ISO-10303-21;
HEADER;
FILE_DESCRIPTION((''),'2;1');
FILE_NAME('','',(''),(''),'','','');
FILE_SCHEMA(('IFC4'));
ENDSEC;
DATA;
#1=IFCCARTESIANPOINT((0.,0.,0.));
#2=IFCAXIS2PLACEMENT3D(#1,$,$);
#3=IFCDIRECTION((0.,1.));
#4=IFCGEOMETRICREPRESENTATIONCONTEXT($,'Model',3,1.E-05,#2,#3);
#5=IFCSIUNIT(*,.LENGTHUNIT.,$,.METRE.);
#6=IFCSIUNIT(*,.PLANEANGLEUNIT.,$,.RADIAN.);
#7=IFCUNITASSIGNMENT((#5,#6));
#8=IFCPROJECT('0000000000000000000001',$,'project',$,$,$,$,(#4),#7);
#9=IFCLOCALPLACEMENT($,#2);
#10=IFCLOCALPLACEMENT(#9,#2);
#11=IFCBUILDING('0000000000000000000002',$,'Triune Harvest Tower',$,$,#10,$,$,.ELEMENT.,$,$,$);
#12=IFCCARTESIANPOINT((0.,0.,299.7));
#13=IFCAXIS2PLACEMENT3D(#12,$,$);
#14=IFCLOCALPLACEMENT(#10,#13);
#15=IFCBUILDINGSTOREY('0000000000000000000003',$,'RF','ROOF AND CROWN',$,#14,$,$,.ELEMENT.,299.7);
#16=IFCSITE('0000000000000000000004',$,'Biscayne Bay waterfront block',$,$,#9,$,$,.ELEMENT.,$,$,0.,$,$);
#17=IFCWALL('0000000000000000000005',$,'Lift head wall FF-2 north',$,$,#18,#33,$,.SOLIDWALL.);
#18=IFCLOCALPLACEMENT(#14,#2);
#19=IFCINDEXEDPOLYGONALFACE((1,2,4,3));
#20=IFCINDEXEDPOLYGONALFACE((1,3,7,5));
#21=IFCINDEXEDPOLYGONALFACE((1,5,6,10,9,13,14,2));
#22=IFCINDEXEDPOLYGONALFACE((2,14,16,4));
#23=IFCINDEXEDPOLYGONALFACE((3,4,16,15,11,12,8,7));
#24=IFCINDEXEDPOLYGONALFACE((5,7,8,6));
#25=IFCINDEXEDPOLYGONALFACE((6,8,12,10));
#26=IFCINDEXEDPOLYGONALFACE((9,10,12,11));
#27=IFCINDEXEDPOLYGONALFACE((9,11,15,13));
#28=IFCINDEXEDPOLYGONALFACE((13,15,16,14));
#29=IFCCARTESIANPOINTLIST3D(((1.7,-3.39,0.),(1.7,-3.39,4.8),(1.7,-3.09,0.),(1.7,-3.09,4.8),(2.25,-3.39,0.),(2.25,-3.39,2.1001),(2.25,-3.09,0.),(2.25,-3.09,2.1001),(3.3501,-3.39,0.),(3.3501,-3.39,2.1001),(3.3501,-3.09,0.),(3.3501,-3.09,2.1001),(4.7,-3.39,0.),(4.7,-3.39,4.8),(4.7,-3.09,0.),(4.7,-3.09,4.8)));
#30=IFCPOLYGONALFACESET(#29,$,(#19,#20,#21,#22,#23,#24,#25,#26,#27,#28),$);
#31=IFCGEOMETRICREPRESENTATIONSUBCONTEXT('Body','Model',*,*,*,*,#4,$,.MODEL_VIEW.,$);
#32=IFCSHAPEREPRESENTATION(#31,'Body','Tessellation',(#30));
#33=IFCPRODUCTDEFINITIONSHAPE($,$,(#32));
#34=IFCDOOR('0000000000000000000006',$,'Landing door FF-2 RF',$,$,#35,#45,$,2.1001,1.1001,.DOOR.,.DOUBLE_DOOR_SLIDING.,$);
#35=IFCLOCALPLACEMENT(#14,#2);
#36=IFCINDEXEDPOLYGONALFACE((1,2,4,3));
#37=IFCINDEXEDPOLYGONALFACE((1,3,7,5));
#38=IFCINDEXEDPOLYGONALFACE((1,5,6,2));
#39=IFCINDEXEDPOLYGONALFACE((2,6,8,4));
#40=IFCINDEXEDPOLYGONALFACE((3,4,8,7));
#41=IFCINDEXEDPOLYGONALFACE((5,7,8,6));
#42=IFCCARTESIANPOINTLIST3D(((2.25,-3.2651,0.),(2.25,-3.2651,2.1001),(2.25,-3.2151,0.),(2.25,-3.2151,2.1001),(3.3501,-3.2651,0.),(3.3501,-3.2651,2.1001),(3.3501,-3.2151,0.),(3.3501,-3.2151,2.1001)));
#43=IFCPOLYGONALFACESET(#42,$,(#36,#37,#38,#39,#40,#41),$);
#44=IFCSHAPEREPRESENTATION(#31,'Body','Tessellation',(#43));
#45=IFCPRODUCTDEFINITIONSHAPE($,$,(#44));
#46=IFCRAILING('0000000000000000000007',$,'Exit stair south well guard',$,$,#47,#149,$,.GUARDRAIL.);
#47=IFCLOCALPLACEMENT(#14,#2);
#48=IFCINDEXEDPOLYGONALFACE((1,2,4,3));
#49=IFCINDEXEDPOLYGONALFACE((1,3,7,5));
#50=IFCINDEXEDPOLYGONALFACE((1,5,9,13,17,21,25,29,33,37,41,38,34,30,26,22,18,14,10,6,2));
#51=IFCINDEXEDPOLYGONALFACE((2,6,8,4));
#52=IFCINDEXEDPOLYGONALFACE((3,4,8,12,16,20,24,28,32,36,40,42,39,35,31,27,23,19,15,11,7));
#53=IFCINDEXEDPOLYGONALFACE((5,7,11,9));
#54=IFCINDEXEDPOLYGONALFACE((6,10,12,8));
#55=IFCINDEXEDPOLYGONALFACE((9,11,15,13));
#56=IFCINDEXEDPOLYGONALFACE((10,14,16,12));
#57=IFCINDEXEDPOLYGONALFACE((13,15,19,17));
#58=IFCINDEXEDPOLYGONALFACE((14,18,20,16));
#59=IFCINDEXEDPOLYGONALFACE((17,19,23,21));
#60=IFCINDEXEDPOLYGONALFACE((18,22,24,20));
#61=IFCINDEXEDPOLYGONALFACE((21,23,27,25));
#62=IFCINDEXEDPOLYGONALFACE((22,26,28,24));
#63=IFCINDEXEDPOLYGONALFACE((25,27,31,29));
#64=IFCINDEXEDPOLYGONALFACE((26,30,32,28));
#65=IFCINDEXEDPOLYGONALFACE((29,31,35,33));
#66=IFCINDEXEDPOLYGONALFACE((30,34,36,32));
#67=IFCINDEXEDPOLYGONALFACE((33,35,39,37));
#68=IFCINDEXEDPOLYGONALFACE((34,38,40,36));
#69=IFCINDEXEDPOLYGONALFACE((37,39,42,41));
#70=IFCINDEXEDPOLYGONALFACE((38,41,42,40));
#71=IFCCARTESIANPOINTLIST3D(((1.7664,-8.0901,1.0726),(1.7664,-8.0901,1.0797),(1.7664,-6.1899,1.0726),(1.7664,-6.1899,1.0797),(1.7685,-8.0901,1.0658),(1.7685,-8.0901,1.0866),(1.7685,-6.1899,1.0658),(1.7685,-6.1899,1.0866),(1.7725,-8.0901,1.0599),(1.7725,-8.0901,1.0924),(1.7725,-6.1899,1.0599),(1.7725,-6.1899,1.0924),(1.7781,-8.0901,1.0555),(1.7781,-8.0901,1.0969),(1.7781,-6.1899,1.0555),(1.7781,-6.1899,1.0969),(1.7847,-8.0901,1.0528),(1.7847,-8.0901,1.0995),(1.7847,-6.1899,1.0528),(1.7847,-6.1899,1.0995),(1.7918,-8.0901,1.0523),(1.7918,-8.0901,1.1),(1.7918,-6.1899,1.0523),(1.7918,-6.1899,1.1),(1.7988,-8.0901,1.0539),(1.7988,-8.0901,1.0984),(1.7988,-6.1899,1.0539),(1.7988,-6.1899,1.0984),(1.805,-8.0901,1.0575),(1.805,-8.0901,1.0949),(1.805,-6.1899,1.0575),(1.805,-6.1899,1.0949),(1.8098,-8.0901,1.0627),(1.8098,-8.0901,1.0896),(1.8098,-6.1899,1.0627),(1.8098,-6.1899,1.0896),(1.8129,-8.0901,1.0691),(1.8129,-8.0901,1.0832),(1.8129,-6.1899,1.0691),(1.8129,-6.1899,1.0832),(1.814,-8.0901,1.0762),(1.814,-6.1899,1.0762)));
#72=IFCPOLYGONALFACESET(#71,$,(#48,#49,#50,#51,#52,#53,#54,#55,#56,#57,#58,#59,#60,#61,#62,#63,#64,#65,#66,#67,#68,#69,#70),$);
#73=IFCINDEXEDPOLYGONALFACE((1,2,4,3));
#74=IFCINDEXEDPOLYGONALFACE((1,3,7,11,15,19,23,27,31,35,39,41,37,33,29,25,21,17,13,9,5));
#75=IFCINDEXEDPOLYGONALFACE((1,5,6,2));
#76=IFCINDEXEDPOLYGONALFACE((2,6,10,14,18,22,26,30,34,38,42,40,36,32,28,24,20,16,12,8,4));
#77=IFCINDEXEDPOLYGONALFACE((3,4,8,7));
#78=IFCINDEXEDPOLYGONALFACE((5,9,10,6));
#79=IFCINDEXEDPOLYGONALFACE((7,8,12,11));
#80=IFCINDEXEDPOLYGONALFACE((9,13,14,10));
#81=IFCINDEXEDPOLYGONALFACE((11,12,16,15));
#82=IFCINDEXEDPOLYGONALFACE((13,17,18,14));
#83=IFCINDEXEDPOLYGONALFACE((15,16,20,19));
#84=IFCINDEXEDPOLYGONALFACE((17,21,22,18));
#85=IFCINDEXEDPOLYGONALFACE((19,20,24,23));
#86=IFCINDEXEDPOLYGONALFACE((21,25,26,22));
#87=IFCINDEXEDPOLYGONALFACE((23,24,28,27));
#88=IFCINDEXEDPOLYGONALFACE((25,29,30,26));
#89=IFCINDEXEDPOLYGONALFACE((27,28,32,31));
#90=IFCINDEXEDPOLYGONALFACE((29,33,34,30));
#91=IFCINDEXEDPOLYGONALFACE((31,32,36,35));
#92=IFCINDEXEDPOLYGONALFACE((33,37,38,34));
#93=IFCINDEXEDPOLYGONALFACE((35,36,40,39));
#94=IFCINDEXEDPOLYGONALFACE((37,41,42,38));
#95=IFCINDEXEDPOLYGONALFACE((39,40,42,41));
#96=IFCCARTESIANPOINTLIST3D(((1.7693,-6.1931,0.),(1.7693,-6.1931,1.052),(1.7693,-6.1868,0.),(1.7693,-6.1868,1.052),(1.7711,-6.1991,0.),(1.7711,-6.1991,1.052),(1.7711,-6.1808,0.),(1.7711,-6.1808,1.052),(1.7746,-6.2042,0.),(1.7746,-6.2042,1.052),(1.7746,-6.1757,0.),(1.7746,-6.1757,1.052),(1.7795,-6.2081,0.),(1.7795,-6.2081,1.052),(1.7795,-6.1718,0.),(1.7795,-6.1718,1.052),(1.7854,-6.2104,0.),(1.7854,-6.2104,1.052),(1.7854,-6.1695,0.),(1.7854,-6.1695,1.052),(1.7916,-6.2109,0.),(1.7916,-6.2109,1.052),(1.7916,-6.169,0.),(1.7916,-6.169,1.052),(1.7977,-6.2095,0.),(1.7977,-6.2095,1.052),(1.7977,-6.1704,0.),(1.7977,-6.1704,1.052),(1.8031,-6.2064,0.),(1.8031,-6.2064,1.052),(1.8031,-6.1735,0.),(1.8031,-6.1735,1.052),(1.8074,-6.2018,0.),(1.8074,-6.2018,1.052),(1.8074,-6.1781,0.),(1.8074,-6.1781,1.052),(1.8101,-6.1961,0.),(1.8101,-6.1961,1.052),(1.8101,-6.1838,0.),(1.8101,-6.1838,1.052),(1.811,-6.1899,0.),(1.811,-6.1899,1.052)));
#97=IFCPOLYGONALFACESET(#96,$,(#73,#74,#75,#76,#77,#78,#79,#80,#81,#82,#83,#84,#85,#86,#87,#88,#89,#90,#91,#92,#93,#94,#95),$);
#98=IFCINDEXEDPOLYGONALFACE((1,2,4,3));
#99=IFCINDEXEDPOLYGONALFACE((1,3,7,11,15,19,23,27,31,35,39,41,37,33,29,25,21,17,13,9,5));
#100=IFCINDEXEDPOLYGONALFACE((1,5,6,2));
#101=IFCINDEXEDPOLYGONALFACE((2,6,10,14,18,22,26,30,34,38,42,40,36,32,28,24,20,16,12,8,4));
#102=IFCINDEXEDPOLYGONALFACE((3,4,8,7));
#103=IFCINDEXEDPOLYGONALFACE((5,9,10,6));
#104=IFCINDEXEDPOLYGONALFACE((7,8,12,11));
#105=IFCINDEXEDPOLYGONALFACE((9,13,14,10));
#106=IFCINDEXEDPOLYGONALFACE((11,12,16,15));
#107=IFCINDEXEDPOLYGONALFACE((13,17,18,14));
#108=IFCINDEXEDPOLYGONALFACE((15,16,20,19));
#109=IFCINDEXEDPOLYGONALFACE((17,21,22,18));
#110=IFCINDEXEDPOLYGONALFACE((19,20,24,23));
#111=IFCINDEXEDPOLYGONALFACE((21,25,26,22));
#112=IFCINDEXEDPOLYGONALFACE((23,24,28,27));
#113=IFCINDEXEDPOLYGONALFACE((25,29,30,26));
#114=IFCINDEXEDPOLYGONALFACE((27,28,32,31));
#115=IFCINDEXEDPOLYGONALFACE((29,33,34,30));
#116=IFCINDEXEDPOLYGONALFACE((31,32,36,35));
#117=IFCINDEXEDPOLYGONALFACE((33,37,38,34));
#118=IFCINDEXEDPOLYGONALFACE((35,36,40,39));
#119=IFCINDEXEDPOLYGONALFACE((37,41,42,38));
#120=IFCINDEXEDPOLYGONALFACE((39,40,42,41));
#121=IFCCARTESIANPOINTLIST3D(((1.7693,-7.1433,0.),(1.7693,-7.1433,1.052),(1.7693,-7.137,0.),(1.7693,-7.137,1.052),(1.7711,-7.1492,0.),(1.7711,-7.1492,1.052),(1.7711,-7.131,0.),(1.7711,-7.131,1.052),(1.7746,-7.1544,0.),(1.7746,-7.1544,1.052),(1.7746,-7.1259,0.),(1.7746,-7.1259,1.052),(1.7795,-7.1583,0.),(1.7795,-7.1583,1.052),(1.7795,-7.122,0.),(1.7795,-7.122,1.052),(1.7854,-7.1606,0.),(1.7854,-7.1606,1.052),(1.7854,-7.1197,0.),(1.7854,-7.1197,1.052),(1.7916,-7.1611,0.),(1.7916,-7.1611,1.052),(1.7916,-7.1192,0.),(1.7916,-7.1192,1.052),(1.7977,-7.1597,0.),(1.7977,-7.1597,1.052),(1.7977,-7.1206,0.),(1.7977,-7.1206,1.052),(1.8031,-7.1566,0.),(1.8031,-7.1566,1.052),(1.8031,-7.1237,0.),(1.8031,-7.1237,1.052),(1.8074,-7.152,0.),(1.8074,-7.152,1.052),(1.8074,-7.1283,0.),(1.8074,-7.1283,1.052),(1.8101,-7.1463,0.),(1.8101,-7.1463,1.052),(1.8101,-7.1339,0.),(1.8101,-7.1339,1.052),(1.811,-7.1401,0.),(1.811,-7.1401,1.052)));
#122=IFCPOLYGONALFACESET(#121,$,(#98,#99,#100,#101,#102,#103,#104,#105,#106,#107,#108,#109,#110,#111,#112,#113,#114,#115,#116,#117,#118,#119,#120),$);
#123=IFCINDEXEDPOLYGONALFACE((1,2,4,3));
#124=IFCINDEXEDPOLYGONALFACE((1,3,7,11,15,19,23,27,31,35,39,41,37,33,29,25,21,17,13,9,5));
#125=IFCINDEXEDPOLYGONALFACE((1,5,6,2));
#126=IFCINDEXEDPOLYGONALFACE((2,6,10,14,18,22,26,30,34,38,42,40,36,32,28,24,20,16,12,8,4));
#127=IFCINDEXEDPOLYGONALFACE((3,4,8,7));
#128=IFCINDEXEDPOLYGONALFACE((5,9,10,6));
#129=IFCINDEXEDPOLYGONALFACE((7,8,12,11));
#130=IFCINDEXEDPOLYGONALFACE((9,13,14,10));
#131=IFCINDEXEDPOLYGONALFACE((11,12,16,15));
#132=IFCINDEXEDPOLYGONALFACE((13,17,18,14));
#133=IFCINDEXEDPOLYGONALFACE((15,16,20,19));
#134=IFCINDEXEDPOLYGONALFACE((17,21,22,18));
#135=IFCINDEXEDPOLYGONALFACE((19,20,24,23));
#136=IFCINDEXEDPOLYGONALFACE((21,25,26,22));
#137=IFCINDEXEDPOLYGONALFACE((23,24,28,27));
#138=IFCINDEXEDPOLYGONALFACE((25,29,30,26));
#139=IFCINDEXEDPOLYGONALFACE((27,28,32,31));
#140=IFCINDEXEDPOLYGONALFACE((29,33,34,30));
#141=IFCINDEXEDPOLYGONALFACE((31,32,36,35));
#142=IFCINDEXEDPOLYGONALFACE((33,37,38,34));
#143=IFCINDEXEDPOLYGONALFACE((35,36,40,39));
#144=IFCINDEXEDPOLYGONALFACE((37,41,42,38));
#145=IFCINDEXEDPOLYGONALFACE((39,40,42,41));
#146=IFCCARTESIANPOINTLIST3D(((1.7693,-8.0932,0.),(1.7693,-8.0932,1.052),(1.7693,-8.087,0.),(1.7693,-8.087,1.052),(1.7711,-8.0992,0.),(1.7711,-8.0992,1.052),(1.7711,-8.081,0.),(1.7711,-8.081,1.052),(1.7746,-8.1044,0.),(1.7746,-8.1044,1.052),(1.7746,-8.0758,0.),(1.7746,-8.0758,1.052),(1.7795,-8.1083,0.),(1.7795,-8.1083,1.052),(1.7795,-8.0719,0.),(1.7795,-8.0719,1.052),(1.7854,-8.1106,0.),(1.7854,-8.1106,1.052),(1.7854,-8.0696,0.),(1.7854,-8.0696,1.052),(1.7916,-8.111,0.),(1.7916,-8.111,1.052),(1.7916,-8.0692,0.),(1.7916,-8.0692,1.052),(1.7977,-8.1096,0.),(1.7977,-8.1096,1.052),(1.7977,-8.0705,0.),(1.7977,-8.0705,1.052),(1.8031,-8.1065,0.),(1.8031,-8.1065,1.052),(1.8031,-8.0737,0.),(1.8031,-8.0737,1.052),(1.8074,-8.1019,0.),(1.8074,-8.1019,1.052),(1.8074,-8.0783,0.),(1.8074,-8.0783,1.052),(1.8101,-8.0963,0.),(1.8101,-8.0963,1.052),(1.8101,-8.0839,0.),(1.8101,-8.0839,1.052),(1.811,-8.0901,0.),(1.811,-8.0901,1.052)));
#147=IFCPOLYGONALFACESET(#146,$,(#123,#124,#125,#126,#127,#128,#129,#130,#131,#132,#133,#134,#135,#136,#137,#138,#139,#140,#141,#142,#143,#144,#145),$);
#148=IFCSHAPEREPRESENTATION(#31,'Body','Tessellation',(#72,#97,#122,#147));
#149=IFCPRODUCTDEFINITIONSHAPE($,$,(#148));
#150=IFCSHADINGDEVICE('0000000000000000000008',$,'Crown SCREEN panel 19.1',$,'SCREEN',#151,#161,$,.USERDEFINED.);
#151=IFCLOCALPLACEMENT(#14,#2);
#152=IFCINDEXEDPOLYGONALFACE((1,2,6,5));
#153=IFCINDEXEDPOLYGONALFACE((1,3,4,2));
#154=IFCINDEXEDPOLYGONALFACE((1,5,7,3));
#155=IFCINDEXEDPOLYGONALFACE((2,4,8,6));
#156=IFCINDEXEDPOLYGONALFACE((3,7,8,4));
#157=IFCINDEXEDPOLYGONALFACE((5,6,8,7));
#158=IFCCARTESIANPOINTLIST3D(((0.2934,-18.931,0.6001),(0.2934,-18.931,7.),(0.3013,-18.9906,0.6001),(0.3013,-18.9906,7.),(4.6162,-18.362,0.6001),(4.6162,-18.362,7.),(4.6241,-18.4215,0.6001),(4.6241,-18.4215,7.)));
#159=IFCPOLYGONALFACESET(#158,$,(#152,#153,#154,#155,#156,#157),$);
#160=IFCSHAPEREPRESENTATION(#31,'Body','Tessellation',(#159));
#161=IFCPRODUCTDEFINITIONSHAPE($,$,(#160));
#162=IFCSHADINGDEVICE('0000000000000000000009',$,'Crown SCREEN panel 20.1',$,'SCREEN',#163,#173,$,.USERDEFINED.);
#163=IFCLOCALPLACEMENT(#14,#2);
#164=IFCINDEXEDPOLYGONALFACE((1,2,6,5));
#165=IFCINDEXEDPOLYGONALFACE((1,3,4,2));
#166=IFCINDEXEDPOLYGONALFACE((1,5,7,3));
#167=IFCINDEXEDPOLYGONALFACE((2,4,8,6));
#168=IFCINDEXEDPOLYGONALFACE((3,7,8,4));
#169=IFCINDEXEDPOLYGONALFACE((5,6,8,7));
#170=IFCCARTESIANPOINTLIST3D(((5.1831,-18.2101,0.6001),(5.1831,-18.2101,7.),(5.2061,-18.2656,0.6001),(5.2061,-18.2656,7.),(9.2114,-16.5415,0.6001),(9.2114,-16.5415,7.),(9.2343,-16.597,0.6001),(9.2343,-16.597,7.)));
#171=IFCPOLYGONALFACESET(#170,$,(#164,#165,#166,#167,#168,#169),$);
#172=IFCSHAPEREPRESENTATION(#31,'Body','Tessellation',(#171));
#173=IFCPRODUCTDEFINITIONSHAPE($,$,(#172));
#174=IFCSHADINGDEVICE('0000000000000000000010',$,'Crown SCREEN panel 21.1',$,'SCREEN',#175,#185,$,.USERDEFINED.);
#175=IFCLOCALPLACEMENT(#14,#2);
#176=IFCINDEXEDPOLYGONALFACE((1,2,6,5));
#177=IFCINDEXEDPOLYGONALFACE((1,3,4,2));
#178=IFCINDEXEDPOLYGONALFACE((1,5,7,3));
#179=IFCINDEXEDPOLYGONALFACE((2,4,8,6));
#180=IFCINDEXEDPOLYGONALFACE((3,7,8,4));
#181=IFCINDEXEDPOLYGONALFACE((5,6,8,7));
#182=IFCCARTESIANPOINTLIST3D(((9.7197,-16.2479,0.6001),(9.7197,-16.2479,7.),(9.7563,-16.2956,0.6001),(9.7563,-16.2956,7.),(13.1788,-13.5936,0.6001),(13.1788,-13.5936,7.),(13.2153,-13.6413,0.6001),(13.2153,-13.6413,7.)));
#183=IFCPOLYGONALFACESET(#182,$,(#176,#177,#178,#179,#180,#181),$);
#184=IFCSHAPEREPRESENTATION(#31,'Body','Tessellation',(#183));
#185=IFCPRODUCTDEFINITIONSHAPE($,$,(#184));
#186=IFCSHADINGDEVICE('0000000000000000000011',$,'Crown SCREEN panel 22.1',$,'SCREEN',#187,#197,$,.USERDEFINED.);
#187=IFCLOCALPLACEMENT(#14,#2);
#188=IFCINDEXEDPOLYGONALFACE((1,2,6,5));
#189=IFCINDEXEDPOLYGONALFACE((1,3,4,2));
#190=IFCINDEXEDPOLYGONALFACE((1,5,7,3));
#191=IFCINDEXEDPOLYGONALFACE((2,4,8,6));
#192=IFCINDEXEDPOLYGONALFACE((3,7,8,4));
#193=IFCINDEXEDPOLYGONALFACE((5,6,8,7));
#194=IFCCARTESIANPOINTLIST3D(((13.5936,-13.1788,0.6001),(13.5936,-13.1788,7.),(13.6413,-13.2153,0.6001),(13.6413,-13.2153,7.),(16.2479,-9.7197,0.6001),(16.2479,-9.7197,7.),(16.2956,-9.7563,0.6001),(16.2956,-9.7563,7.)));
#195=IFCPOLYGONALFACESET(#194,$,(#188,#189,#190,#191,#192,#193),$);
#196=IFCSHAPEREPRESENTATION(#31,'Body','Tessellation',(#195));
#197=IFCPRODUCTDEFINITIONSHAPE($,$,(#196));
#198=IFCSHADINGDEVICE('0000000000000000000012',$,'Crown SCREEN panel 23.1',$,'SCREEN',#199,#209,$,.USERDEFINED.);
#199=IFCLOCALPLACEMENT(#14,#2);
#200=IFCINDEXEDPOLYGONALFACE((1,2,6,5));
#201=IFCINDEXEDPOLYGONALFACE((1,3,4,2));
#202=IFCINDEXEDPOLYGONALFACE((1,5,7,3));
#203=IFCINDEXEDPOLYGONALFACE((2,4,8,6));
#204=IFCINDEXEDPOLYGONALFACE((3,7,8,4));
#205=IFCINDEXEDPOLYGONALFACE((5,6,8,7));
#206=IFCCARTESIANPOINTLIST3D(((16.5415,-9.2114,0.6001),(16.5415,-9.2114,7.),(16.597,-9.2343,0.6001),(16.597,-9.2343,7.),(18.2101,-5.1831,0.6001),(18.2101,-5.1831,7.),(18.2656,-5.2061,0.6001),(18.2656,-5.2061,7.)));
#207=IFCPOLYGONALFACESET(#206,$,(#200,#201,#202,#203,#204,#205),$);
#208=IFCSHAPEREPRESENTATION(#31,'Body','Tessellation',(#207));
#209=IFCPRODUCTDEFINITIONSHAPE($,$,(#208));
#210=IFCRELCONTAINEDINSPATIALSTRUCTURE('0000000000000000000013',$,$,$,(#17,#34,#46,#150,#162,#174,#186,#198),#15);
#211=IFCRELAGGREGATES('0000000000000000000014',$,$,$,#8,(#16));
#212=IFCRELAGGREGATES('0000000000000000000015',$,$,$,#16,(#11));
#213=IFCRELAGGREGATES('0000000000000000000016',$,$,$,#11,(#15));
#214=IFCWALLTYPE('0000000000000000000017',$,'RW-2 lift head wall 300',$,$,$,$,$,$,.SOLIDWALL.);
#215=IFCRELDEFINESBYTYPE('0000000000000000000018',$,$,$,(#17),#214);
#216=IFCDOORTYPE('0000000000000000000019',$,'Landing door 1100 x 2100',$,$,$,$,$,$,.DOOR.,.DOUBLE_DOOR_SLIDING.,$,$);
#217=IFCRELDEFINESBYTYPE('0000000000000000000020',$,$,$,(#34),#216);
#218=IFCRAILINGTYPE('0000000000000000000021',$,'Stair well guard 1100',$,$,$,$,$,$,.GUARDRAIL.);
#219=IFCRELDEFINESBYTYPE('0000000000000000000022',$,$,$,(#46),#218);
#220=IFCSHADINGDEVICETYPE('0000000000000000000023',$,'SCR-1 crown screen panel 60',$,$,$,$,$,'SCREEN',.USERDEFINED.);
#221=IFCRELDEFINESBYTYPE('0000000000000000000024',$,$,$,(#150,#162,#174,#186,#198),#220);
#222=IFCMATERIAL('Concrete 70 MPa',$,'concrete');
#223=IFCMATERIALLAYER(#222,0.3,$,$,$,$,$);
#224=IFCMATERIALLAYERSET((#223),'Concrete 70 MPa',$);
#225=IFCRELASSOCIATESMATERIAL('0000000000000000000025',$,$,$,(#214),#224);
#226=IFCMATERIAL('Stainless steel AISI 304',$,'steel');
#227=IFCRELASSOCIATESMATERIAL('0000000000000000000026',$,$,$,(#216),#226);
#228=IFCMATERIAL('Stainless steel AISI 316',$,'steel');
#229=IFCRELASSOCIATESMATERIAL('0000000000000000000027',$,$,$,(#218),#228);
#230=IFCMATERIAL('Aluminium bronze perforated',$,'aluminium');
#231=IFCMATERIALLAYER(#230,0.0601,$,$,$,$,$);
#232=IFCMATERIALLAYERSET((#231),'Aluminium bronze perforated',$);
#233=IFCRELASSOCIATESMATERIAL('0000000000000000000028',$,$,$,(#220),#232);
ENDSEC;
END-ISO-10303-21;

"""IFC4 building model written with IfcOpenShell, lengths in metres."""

from ifc_helpers import new_model, si_unit, direction, frame, frame_2d, origin, origin_2d, place, context, subcontext, project, spatial, rectangle, circle, extrude, source, transform, mapped, material, layer, layer_set, type_object, element, fill, save


model = new_model("IFC4")

# Units and contexts
model_context = context("Model", 3, precision=1e-05, world=origin(), true_north=direction((0.0, 1.0)))
body_context = subcontext(model_context, "Body", "Model", "MODEL_VIEW")
ifc_project = project(units=[si_unit("LENGTHUNIT", "METRE"), si_unit("PLANEANGLEUNIT", "RADIAN")], contexts=[model_context])

# Site, building, storey
site_placement = place(None, origin())
site = spatial("IfcSite", under=ifc_project, at=site_placement, Name="Biscayne Bay waterfront block", CompositionType="ELEMENT", RefElevation=0.0)
building_placement = place(site_placement, origin())
building = spatial("IfcBuilding", under=site, at=building_placement, Name="Triune Harvest Tower", CompositionType="ELEMENT")
storey_placement = place(building_placement, frame((0.0, 0.0, 299.7)))
storey = spatial("IfcBuildingStorey", under=building, at=storey_placement, Name="RF", Description="ROOF AND CROWN", CompositionType="ELEMENT", Elevation=299.7)

# Shared definitions
ifc_material_1 = material(Name="Concrete 70 MPa", Category="concrete")
ifc_layer_1 = layer(ifc_material_1, 0.3)
ifc_layer_set_1 = layer_set([ifc_layer_1], Name="Concrete 70 MPa")
wall_type_1 = type_object("IfcWallType", Name="RW-2 lift head wall 300", PredefinedType="SOLIDWALL", material=ifc_layer_set_1)

# Wall, opening, door
shared_shape_1 = source(origin(), body_context, "Body", "SweptSolid", [
    extrude(rectangle(XDim=3.0, YDim=0.3, at=frame_2d((1.5, 0.0))), origin(), (0.0, 0.0, 1.0), 4.8),
])
wall_1_placement = place(storey_placement, frame((1.7, -3.24, 0.0), z_axis=(0.0, 0.0, 1.0), x_axis=(1.0, 0.0, 0.0)))
wall_1 = element("IfcWall", 1, at=wall_1_placement, inside=storey, type_object=wall_type_1, Name="Lift head wall FF-2 north", PredefinedType="SOLIDWALL", context=body_context, shape_type="MappedRepresentation", body=[
    mapped(shared_shape_1, transform((0.0, 0.0, 0.0), scale=1.0)),
])
opening_1_placement = place(wall_1_placement, frame((0.55, 0.0, 0.0)))
opening_1 = element("IfcOpeningElement", 2, at=opening_1_placement, cuts=wall_1, PredefinedType="OPENING", context=body_context, shape_type="SweptSolid", body=[
    extrude(rectangle(XDim=1.1001, YDim=2.1001, at=frame_2d((0.55, 1.05))), frame((0.0, 0.1602, 0.0), z_axis=(0.0, -1.0, 0.0), x_axis=(1.0, 0.0, 0.0)), (0.0, 0.0, 1.0), 0.3201),
])
ifc_material_2 = material(Name="Stainless steel AISI 304", Category="steel")
door_type_1 = type_object("IfcDoorType", Name="Landing door 1100 x 2100", OperationType="DOUBLE_DOOR_SLIDING", PredefinedType="DOOR", material=ifc_material_2)
door_1_placement = place(opening_1_placement, origin())
door_1 = element("IfcDoor", 3, at=door_1_placement, inside=storey, type_object=door_type_1, Name="Landing door FF-2 RF", OperationType="DOUBLE_DOOR_SLIDING", OverallHeight=2.1001, OverallWidth=1.1001, PredefinedType="DOOR", context=body_context, shape_type="SweptSolid", body=[
    extrude(rectangle(XDim=1.1001, YDim=2.1001, at=frame_2d((0.55, 1.05))), frame((0.0, 0.0249, 0.0), z_axis=(0.0, -1.0, 0.0), x_axis=(1.0, 0.0, 0.0)), (0.0, 0.0, 1.0), 0.05),
])
fill(opening_1, door_1)

# Railing
ifc_material_3 = material(Name="Stainless steel AISI 316", Category="steel")
railing_type = type_object("IfcRailingType", Name="Stair well guard 1100", PredefinedType="GUARDRAIL", material=ifc_material_3)
railing_placement = place(storey_placement, frame((1.79, -6.1899, 0.0)))
element("IfcRailing", 4, at=railing_placement, inside=storey, type_object=railing_type, Name="Exit stair south well guard", PredefinedType="GUARDRAIL", context=body_context, shape_type="SweptSolid", body=[
    extrude(circle(Radius=0.0239, at=origin_2d()), frame((0.0, 0.0, 1.0762), z_axis=(0.0, -1.0, 0.0), x_axis=(1.0, 0.0, 0.0)), (0.0, 0.0, 1.0), 1.9001),
    extrude(circle(Radius=0.021, at=origin_2d()), origin(), (0.0, 0.0, 1.0), 1.052),
    extrude(circle(Radius=0.021, at=origin_2d()), frame((0.0, -0.9502, 0.0)), (0.0, 0.0, 1.0), 1.052),
    extrude(circle(Radius=0.021, at=origin_2d()), frame((0.0, -1.9001, 0.0)), (0.0, 0.0, 1.0), 1.052),
])

# Shading devices
ifc_material_4 = material(Name="Aluminium bronze perforated", Category="aluminium")
ifc_layer_2 = layer(ifc_material_4, 0.0601)
ifc_layer_set_2 = layer_set([ifc_layer_2], Name="Aluminium bronze perforated")
shading_device_type = type_object("IfcShadingDeviceType", Name="SCR-1 crown screen panel 60", ElementType="SCREEN", PredefinedType="USERDEFINED", material=ifc_layer_set_2)
shared_shape_2 = source(origin(), body_context, "Body", "SweptSolid", [
    extrude(rectangle(XDim=4.3601, YDim=0.0601, at=origin_2d()), origin(), (0.0, 0.0, 1.0), 6.3999),
])
for number, where, z_axis, x_axis, name in (
    (5, (2.4587, -18.6763, 0.6001), (0.0, 0.0, 1.0), (0.991445, 0.130523, 0.0), "Crown SCREEN panel 19.1"),
    (6, (7.2087, -17.4036, 0.6001), (0.0, 0.0, 1.0), (0.923879, 0.382685, 0.0), "Crown SCREEN panel 20.1"),
    (7, (11.4675, -14.9446, 0.6001), (0.0, 0.0, 1.0), (0.793347, 0.60877, 0.0), "Crown SCREEN panel 21.1"),
    (8, (14.9446, -11.4675, 0.6001), (0.0, 0.0, 1.0), (0.60877, 0.793347, 0.0), "Crown SCREEN panel 22.1"),
    (9, (17.4036, -7.2087, 0.6001), (0.0, 0.0, 1.0), (0.382685, 0.923879, 0.0), "Crown SCREEN panel 23.1"),
):
    element("IfcShadingDevice", number, at=place(storey_placement, frame(where, z_axis=z_axis, x_axis=x_axis)), inside=storey, type_object=shading_device_type, Name=name, ObjectType="SCREEN", PredefinedType="USERDEFINED", context=body_context, shape_type="MappedRepresentation", body=[
        mapped(shared_shape_2, transform((0.0, 0.0, 0.0), scale=1.0)),
    ])

save(model, "model.ifc")
